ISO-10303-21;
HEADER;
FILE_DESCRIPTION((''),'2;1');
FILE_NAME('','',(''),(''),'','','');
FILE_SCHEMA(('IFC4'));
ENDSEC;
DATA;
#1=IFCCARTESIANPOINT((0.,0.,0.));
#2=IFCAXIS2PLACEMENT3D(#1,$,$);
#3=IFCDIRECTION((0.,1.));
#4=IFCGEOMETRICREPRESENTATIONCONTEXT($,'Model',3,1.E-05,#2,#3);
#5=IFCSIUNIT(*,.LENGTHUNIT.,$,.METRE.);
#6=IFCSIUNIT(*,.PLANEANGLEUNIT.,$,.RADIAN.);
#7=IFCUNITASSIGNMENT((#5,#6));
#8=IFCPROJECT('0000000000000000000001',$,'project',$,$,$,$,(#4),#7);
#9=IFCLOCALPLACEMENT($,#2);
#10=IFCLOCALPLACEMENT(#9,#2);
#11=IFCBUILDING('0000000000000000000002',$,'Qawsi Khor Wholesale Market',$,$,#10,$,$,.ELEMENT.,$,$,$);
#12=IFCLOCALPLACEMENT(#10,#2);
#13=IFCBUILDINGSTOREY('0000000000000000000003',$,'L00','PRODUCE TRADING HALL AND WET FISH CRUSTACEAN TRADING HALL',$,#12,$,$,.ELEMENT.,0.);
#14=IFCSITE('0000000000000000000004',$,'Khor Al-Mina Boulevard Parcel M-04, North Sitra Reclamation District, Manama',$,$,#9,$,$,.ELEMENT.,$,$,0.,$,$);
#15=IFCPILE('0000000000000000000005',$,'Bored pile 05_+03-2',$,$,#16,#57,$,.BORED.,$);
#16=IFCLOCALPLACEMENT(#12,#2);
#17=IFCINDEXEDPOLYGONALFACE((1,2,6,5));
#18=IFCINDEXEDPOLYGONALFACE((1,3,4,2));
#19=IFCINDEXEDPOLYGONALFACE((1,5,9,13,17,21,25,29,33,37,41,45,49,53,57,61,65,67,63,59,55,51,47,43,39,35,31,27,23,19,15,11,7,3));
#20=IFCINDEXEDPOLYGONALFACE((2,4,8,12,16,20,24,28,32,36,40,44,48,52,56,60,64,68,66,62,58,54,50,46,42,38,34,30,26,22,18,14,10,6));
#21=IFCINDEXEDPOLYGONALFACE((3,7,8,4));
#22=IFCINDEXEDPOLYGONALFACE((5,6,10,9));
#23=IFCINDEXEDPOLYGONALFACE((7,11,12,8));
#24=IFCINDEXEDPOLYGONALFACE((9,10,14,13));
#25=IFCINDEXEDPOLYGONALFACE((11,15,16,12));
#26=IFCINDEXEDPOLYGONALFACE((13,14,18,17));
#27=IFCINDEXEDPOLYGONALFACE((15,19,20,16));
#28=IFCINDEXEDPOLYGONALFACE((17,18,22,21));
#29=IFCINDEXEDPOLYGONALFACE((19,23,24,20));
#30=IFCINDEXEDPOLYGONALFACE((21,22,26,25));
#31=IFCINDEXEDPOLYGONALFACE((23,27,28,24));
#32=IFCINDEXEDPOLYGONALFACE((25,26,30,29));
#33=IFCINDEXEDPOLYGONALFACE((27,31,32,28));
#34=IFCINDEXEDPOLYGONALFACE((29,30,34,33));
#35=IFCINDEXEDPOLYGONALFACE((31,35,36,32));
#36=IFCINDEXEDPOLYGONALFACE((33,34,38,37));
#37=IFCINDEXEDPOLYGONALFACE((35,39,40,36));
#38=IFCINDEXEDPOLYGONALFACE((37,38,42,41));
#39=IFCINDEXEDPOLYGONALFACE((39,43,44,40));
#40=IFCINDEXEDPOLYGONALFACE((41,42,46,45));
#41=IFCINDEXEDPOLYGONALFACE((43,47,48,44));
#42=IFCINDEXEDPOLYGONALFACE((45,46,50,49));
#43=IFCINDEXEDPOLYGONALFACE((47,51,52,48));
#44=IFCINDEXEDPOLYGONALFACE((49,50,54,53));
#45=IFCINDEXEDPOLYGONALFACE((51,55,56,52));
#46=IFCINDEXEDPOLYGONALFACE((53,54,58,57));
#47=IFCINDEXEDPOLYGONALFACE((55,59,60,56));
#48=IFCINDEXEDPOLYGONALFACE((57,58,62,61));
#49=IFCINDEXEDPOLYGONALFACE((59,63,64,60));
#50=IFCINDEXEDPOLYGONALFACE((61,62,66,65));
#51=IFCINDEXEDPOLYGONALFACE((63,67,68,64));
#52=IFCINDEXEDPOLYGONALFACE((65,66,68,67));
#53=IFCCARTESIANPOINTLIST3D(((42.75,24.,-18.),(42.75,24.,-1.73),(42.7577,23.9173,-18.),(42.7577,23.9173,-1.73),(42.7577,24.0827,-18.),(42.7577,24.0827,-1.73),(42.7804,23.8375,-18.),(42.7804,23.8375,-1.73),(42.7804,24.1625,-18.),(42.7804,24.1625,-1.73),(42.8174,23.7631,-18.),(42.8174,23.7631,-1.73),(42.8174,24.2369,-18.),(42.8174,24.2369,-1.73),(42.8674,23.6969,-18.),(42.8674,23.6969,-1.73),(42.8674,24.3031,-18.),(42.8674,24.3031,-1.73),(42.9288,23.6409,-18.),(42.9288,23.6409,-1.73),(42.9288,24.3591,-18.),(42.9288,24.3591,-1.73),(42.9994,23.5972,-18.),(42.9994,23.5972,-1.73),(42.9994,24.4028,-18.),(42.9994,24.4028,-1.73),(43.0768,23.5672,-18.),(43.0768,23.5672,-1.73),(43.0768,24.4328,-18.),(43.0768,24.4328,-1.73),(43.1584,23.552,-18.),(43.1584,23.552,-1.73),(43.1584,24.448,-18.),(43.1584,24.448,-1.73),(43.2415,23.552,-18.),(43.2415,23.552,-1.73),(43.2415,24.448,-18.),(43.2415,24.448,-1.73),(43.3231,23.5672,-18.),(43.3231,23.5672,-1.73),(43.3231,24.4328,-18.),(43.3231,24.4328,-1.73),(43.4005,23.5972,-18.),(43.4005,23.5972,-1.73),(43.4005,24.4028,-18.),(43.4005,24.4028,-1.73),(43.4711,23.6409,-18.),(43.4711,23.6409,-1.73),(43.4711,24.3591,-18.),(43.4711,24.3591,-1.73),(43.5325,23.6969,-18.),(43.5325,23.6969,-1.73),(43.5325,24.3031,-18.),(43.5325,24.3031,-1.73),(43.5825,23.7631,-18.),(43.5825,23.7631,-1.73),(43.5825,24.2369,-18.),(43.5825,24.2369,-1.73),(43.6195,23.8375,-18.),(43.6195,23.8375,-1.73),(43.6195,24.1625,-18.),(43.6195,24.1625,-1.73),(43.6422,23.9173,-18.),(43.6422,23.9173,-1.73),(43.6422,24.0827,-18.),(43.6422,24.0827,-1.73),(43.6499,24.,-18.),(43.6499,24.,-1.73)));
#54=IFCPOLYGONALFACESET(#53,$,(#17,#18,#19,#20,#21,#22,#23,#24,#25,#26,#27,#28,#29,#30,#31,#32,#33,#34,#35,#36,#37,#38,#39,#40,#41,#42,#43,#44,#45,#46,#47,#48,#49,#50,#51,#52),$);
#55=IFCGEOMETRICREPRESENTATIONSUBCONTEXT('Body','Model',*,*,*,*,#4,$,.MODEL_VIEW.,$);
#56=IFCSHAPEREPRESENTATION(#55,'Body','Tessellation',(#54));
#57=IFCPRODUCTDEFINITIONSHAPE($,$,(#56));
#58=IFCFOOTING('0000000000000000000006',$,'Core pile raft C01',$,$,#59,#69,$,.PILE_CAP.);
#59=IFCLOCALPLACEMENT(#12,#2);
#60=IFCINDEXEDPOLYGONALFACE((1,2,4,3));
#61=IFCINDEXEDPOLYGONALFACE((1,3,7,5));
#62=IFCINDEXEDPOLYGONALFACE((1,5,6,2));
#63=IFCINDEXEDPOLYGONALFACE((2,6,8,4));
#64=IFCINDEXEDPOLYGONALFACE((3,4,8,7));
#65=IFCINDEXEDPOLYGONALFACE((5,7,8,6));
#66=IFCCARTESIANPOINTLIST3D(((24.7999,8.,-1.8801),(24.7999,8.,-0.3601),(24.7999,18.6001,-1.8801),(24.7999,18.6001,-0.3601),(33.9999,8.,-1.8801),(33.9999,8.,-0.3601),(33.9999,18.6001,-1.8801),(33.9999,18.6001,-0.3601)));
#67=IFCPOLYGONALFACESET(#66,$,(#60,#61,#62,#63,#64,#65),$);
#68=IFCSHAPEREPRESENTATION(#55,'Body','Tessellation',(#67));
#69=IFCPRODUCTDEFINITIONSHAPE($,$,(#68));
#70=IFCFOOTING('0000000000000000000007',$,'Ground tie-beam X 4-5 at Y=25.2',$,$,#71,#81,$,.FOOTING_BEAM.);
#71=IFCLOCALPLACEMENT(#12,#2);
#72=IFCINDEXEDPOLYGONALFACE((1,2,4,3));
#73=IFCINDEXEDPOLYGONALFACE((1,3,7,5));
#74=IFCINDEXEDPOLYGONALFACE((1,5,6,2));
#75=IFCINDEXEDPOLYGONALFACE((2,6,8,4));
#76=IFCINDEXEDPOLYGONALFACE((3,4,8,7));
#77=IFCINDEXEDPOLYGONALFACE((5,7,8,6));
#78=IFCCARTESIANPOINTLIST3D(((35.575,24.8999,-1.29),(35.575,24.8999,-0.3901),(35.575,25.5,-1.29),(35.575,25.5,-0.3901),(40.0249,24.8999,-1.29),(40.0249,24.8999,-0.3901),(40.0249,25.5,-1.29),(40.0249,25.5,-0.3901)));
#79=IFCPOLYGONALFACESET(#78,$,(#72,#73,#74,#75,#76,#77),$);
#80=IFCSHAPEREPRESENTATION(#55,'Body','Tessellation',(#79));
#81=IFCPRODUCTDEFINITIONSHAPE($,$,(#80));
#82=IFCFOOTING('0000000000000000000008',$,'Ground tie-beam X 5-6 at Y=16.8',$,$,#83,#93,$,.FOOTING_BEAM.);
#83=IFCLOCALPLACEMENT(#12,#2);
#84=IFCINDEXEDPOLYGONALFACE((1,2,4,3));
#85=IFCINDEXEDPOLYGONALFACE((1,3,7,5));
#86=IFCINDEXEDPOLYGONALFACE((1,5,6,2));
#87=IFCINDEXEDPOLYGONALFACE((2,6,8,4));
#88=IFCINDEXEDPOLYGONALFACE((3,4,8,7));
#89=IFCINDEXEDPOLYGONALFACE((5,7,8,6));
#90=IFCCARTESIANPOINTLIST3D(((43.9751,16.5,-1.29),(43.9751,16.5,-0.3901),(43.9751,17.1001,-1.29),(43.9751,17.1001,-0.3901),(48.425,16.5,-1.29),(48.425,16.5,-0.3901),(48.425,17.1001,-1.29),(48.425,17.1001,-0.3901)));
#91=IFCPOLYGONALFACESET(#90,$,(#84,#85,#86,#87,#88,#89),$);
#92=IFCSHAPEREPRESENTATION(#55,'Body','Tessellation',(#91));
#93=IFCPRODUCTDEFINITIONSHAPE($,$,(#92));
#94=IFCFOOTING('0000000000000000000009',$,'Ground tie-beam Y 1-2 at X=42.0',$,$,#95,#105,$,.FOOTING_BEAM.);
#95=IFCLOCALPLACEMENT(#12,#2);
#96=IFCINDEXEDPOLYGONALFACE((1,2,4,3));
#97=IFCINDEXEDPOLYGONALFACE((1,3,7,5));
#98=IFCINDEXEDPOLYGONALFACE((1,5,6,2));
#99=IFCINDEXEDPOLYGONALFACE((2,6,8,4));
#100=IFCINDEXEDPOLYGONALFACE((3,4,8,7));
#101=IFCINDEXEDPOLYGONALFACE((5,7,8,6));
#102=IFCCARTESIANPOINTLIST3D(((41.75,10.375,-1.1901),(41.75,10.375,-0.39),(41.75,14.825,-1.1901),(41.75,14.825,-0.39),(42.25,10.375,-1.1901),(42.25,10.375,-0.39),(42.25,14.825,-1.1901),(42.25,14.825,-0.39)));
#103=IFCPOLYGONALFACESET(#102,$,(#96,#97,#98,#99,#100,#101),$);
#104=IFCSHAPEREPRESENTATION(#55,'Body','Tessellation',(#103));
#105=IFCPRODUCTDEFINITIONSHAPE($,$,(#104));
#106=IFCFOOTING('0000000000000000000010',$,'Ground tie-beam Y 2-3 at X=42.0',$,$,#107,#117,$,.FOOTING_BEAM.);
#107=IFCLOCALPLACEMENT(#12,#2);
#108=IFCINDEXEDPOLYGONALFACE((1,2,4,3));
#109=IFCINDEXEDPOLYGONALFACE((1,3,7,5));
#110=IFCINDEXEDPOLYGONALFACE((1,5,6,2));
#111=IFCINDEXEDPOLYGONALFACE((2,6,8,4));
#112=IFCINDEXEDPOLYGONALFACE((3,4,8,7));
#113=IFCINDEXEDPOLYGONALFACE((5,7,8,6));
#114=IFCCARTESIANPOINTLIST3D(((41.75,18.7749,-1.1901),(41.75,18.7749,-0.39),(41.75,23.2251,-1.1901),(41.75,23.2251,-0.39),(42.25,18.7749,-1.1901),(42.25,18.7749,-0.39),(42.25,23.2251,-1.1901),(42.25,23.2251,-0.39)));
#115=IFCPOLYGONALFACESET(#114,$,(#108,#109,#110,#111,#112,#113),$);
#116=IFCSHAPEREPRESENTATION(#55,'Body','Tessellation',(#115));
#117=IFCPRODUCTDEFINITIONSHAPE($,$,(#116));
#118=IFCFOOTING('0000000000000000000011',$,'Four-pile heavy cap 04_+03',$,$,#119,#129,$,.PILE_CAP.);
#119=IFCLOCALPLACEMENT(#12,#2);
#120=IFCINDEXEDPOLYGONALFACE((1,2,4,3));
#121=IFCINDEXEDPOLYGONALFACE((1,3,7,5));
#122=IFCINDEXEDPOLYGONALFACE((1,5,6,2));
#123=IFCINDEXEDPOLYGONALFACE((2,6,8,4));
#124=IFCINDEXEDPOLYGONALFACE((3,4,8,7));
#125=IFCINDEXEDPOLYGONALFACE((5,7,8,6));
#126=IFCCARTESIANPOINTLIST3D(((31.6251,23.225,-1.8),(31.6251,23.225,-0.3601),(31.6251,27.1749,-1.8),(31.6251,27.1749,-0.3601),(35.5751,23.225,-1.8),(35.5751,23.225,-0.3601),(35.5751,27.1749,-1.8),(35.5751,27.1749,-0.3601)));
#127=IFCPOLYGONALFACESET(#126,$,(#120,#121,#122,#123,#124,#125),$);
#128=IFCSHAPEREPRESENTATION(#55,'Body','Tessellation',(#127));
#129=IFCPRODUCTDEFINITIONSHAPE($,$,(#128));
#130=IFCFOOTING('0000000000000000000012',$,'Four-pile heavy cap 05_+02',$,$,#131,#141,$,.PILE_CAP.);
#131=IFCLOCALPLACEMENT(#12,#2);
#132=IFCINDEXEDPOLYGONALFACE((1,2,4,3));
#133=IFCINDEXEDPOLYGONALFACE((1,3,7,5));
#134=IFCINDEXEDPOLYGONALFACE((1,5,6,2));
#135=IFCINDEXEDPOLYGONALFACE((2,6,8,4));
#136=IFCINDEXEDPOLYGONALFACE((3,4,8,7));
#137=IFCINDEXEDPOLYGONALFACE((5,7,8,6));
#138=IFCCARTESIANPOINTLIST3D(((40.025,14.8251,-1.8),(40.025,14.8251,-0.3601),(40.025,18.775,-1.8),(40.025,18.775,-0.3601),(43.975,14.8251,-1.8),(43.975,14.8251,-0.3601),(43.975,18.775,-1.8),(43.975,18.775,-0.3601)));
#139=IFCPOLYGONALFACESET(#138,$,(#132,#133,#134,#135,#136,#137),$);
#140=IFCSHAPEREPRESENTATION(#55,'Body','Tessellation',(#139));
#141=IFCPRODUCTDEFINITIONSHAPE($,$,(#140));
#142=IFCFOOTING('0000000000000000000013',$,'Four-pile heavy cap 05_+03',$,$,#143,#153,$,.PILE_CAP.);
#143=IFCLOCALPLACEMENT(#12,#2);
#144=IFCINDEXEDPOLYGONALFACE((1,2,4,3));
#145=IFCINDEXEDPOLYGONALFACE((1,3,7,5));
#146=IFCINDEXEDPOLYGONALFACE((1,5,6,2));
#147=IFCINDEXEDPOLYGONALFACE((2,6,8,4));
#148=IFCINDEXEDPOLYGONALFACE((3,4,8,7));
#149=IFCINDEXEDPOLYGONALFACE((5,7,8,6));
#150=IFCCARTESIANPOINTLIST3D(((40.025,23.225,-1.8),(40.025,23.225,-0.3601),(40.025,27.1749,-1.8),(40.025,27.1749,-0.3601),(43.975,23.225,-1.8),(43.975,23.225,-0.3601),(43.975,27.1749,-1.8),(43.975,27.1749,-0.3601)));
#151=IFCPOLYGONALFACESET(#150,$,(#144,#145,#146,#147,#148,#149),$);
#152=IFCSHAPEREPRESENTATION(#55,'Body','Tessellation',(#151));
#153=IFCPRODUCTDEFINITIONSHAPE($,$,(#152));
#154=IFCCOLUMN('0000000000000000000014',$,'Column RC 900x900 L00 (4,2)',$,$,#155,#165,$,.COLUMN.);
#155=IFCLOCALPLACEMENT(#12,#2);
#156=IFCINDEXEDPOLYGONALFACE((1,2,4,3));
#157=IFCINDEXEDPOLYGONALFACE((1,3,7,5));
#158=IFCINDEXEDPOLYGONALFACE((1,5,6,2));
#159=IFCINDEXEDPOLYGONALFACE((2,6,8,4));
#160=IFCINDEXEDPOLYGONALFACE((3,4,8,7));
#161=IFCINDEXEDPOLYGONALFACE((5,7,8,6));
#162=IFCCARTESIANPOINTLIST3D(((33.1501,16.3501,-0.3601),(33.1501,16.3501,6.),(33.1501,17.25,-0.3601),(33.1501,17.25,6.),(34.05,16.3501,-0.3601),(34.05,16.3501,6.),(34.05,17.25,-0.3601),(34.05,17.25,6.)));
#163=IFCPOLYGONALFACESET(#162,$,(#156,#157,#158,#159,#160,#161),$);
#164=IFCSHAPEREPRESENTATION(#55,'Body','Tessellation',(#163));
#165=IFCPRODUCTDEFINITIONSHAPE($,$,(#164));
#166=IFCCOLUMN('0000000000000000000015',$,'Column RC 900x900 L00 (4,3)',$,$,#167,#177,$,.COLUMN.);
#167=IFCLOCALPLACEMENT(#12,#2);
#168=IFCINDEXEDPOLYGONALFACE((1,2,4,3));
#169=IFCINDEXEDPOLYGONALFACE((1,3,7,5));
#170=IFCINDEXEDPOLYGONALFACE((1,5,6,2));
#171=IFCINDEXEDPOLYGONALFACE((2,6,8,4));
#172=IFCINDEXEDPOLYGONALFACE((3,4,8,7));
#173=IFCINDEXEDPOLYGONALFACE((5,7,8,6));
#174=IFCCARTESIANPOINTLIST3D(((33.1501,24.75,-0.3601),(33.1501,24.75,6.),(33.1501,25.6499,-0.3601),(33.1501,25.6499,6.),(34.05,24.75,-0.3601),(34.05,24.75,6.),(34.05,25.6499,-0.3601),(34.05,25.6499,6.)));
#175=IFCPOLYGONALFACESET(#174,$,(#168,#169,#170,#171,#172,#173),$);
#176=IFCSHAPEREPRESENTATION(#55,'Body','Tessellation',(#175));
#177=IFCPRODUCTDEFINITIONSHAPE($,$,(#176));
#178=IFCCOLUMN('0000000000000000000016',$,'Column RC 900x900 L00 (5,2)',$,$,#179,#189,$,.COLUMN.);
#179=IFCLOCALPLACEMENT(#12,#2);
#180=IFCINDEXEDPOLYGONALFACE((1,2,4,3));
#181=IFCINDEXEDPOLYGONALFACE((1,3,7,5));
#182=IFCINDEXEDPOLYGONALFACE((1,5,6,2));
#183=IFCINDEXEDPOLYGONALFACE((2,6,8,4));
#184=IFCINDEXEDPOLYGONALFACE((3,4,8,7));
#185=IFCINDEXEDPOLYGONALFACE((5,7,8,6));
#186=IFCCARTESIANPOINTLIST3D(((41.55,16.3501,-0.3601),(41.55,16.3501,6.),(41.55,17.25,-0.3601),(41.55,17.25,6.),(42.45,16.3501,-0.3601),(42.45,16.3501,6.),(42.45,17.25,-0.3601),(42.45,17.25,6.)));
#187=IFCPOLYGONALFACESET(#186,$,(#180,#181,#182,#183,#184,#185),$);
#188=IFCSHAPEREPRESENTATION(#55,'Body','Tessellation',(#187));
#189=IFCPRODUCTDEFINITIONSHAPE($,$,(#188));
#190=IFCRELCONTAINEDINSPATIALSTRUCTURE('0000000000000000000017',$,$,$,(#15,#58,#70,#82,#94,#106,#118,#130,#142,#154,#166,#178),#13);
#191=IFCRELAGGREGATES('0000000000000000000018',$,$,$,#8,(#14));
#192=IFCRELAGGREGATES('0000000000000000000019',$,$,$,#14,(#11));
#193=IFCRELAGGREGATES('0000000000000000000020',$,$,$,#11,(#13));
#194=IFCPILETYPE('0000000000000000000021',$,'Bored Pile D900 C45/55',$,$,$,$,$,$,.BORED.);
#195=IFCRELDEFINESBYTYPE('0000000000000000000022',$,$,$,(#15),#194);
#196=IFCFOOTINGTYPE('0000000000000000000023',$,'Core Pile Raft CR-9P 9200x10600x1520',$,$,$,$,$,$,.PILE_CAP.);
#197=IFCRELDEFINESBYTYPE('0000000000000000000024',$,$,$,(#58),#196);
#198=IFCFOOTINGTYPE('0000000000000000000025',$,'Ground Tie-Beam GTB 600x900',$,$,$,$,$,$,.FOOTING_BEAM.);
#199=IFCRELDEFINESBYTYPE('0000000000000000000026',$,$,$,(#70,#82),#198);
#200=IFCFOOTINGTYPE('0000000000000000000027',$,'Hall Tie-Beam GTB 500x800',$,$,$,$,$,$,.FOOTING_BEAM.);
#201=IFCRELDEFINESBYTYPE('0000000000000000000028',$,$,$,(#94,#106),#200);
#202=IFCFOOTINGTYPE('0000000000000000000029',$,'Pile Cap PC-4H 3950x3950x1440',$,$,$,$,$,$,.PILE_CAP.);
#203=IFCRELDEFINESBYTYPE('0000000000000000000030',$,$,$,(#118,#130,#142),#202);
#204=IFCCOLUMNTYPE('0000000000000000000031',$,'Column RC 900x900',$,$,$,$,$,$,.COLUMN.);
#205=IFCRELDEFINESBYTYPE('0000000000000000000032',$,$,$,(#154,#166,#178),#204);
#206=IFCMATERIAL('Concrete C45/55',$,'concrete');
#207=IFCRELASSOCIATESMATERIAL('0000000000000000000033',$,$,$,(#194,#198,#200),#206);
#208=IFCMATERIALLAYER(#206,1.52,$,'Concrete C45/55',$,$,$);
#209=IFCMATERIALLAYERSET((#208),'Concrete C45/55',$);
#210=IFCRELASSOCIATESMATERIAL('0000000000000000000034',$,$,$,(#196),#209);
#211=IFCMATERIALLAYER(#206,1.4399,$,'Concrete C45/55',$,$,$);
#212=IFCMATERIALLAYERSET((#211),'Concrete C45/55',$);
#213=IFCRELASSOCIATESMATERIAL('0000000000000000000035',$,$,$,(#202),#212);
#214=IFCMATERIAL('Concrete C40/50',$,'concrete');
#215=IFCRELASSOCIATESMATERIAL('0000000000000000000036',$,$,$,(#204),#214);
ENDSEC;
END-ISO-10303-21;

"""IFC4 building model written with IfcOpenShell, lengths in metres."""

from ifc_helpers import new_model, si_unit, direction, frame, origin, origin_2d, place, context, subcontext, project, spatial, rectangle, circle, extrude, material, layer, layer_set, material_profile, profile_set, type_object, element, save


model = new_model("IFC4")

# Units and contexts
model_context = context("Model", 3, precision=1e-05, world=origin(), true_north=direction((0.0, 1.0)))
body_context = subcontext(model_context, "Body", "Model", "MODEL_VIEW")
ifc_project = project(units=[si_unit("LENGTHUNIT", "METRE"), si_unit("PLANEANGLEUNIT", "RADIAN")], contexts=[model_context])

# Site, building, storey
site_placement = place(None, origin())
site = spatial("IfcSite", under=ifc_project, at=site_placement, Name="Khor Al-Mina Boulevard Parcel M-04, North Sitra Reclamation District, Manama", CompositionType="ELEMENT", RefElevation=0.0)
building_placement = place(site_placement, origin())
building = spatial("IfcBuilding", under=site, at=building_placement, Name="Qawsi Khor Wholesale Market", CompositionType="ELEMENT")
storey_placement = place(building_placement, origin())
storey = spatial("IfcBuildingStorey", under=building, at=storey_placement, Name="L00", Description="PRODUCE TRADING HALL AND WET FISH CRUSTACEAN TRADING HALL", CompositionType="ELEMENT", Elevation=0.0)

# Pile
ifc_material_1 = material(Name="Concrete C45/55", Category="concrete")
ifc_material_profile_1 = material_profile(ifc_material_1, circle(Radius=0.45, at=origin_2d()), Name="PILE D900")
ifc_profile_set_1 = profile_set([ifc_material_profile_1], Name="Concrete C45/55")
pile_type_1 = type_object("IfcPileType", Name="Bored Pile D900 C45/55", PredefinedType="BORED", material=ifc_profile_set_1)
for number, where, z_axis, x_axis, name in (
    (1, (43.2, 24.0, -1.73), (0.0, 0.0, -1.0), (1.0, 0.0, 0.0), "Bored pile 05_+03-2"),
):
    element("IfcPile", number, at=place(storey_placement, frame(where, z_axis=z_axis, x_axis=x_axis)), inside=storey, type_object=pile_type_1, Name=name, PredefinedType="BORED", context=body_context, shape_type="SweptSolid", body=[
        extrude(circle(Radius=0.45, at=origin_2d()), origin(), (0.0, 0.0, 1.0), 16.27),
    ])

# Footings
ifc_layer_1 = layer(ifc_material_1, 1.52, Name="Concrete C45/55")
ifc_layer_set_1 = layer_set([ifc_layer_1], Name="Concrete C45/55")
footing_type_1 = type_object("IfcFootingType", Name="Core Pile Raft CR-9P 9200x10600x1520", PredefinedType="PILE_CAP", material=ifc_layer_set_1)
footing_1_placement = place(storey_placement, frame((29.3999, 13.3, -1.8801), z_axis=(0.0, 0.0, 1.0), x_axis=(1.0, 0.0, 0.0)))
element("IfcFooting", 2, at=footing_1_placement, inside=storey, type_object=footing_type_1, Name="Core pile raft C01", PredefinedType="PILE_CAP", context=body_context, shape_type="SweptSolid", body=[
    extrude(rectangle(XDim=9.2, YDim=10.6001, at=origin_2d()), origin(), (0.0, 0.0, 1.0), 1.52),
])
ifc_material_profile_2 = material_profile(ifc_material_1, rectangle(XDim=0.6001, YDim=0.8999, at=origin_2d()), Name="RC 600x900")
ifc_profile_set_2 = profile_set([ifc_material_profile_2], Name="Concrete C45/55")
footing_type_2 = type_object("IfcFootingType", Name="Ground Tie-Beam GTB 600x900", PredefinedType="FOOTING_BEAM", material=ifc_profile_set_2)
for number, where, z_axis, x_axis, name in (
    (3, (35.575, 25.2, -0.8401), (1.0, 0.0, 0.0), (0.0, 1.0, 0.0), "Ground tie-beam X 4-5 at Y=25.2"),
    (4, (43.9751, 16.8, -0.8401), (1.0, 0.0, 0.0), (0.0, 1.0, 0.0), "Ground tie-beam X 5-6 at Y=16.8"),
):
    element("IfcFooting", number, at=place(storey_placement, frame(where, z_axis=z_axis, x_axis=x_axis)), inside=storey, type_object=footing_type_2, Name=name, PredefinedType="FOOTING_BEAM", context=body_context, shape_type="SweptSolid", body=[
        extrude(rectangle(XDim=0.6001, YDim=0.8999, at=origin_2d()), origin(), (0.0, 0.0, 1.0), 4.45),
    ])
ifc_material_profile_3 = material_profile(ifc_material_1, rectangle(XDim=0.5, YDim=0.8, at=origin_2d()), Name="RC 500x800")
ifc_profile_set_3 = profile_set([ifc_material_profile_3], Name="Concrete C45/55")
footing_type_3 = type_object("IfcFootingType", Name="Hall Tie-Beam GTB 500x800", PredefinedType="FOOTING_BEAM", material=ifc_profile_set_3)
footing_2_placement = place(storey_placement, frame((42.0, 10.375, -0.79), z_axis=(0.0, 1.0, 0.0), x_axis=(-1.0, 0.0, 0.0)))
element("IfcFooting", 5, at=footing_2_placement, inside=storey, type_object=footing_type_3, Name="Ground tie-beam Y 1-2 at X=42.0", PredefinedType="FOOTING_BEAM", context=body_context, shape_type="SweptSolid", body=[
    extrude(rectangle(XDim=0.5, YDim=0.8, at=origin_2d()), origin(), (0.0, 0.0, 1.0), 4.45),
])
footing_3_placement = place(storey_placement, frame((42.0, 18.7749, -0.79), z_axis=(0.0, 1.0, 0.0), x_axis=(-1.0, 0.0, 0.0)))
element("IfcFooting", 6, at=footing_3_placement, inside=storey, type_object=footing_type_3, Name="Ground tie-beam Y 2-3 at X=42.0", PredefinedType="FOOTING_BEAM", context=body_context, shape_type="SweptSolid", body=[
    extrude(rectangle(XDim=0.5, YDim=0.8, at=origin_2d()), origin(), (0.0, 0.0, 1.0), 4.4502),
])
ifc_layer_2 = layer(ifc_material_1, 1.4399, Name="Concrete C45/55")
ifc_layer_set_2 = layer_set([ifc_layer_2], Name="Concrete C45/55")
footing_type_4 = type_object("IfcFootingType", Name="Pile Cap PC-4H 3950x3950x1440", PredefinedType="PILE_CAP", material=ifc_layer_set_2)
for number, where, z_axis, x_axis, name in (
    (7, (33.6001, 25.2, -1.8), (0.0, 0.0, 1.0), (1.0, 0.0, 0.0), "Four-pile heavy cap 04_+03"),
    (8, (42.0, 16.8, -1.8), (0.0, 0.0, 1.0), (1.0, 0.0, 0.0), "Four-pile heavy cap 05_+02"),
    (9, (42.0, 25.2, -1.8), (0.0, 0.0, 1.0), (1.0, 0.0, 0.0), "Four-pile heavy cap 05_+03"),
):
    element("IfcFooting", number, at=place(storey_placement, frame(where, z_axis=z_axis, x_axis=x_axis)), inside=storey, type_object=footing_type_4, Name=name, PredefinedType="PILE_CAP", context=body_context, shape_type="SweptSolid", body=[
        extrude(rectangle(XDim=3.95, YDim=3.95, at=origin_2d()), origin(), (0.0, 0.0, 1.0), 1.4399),
    ])

# Columns
ifc_material_2 = material(Name="Concrete C40/50", Category="concrete")
ifc_material_profile_4 = material_profile(ifc_material_2, rectangle(XDim=0.8999, YDim=0.8999, at=origin_2d()), Name="RC 900x900")
ifc_profile_set_4 = profile_set([ifc_material_profile_4], Name="Concrete C40/50")
column_type = type_object("IfcColumnType", Name="Column RC 900x900", PredefinedType="COLUMN", material=ifc_profile_set_4)
for number, where, z_axis, x_axis, name in (
    (10, (33.6001, 16.8, -0.3601), (0.0, 0.0, 1.0), (1.0, 0.0, 0.0), "Column RC 900x900 L00 (4,2)"),
    (11, (33.6001, 25.2, -0.3601), (0.0, 0.0, 1.0), (1.0, 0.0, 0.0), "Column RC 900x900 L00 (4,3)"),
    (12, (42.0, 16.8, -0.3601), (0.0, 0.0, 1.0), (1.0, 0.0, 0.0), "Column RC 900x900 L00 (5,2)"),
):
    element("IfcColumn", number, at=place(storey_placement, frame(where, z_axis=z_axis, x_axis=x_axis)), inside=storey, type_object=column_type, Name=name, PredefinedType="COLUMN", context=body_context, shape_type="SweptSolid", body=[
        extrude(rectangle(XDim=0.8999, YDim=0.8999, at=origin_2d()), origin(), (0.0, 0.0, 1.0), 6.3601),
    ])

save(model, "model.ifc")
